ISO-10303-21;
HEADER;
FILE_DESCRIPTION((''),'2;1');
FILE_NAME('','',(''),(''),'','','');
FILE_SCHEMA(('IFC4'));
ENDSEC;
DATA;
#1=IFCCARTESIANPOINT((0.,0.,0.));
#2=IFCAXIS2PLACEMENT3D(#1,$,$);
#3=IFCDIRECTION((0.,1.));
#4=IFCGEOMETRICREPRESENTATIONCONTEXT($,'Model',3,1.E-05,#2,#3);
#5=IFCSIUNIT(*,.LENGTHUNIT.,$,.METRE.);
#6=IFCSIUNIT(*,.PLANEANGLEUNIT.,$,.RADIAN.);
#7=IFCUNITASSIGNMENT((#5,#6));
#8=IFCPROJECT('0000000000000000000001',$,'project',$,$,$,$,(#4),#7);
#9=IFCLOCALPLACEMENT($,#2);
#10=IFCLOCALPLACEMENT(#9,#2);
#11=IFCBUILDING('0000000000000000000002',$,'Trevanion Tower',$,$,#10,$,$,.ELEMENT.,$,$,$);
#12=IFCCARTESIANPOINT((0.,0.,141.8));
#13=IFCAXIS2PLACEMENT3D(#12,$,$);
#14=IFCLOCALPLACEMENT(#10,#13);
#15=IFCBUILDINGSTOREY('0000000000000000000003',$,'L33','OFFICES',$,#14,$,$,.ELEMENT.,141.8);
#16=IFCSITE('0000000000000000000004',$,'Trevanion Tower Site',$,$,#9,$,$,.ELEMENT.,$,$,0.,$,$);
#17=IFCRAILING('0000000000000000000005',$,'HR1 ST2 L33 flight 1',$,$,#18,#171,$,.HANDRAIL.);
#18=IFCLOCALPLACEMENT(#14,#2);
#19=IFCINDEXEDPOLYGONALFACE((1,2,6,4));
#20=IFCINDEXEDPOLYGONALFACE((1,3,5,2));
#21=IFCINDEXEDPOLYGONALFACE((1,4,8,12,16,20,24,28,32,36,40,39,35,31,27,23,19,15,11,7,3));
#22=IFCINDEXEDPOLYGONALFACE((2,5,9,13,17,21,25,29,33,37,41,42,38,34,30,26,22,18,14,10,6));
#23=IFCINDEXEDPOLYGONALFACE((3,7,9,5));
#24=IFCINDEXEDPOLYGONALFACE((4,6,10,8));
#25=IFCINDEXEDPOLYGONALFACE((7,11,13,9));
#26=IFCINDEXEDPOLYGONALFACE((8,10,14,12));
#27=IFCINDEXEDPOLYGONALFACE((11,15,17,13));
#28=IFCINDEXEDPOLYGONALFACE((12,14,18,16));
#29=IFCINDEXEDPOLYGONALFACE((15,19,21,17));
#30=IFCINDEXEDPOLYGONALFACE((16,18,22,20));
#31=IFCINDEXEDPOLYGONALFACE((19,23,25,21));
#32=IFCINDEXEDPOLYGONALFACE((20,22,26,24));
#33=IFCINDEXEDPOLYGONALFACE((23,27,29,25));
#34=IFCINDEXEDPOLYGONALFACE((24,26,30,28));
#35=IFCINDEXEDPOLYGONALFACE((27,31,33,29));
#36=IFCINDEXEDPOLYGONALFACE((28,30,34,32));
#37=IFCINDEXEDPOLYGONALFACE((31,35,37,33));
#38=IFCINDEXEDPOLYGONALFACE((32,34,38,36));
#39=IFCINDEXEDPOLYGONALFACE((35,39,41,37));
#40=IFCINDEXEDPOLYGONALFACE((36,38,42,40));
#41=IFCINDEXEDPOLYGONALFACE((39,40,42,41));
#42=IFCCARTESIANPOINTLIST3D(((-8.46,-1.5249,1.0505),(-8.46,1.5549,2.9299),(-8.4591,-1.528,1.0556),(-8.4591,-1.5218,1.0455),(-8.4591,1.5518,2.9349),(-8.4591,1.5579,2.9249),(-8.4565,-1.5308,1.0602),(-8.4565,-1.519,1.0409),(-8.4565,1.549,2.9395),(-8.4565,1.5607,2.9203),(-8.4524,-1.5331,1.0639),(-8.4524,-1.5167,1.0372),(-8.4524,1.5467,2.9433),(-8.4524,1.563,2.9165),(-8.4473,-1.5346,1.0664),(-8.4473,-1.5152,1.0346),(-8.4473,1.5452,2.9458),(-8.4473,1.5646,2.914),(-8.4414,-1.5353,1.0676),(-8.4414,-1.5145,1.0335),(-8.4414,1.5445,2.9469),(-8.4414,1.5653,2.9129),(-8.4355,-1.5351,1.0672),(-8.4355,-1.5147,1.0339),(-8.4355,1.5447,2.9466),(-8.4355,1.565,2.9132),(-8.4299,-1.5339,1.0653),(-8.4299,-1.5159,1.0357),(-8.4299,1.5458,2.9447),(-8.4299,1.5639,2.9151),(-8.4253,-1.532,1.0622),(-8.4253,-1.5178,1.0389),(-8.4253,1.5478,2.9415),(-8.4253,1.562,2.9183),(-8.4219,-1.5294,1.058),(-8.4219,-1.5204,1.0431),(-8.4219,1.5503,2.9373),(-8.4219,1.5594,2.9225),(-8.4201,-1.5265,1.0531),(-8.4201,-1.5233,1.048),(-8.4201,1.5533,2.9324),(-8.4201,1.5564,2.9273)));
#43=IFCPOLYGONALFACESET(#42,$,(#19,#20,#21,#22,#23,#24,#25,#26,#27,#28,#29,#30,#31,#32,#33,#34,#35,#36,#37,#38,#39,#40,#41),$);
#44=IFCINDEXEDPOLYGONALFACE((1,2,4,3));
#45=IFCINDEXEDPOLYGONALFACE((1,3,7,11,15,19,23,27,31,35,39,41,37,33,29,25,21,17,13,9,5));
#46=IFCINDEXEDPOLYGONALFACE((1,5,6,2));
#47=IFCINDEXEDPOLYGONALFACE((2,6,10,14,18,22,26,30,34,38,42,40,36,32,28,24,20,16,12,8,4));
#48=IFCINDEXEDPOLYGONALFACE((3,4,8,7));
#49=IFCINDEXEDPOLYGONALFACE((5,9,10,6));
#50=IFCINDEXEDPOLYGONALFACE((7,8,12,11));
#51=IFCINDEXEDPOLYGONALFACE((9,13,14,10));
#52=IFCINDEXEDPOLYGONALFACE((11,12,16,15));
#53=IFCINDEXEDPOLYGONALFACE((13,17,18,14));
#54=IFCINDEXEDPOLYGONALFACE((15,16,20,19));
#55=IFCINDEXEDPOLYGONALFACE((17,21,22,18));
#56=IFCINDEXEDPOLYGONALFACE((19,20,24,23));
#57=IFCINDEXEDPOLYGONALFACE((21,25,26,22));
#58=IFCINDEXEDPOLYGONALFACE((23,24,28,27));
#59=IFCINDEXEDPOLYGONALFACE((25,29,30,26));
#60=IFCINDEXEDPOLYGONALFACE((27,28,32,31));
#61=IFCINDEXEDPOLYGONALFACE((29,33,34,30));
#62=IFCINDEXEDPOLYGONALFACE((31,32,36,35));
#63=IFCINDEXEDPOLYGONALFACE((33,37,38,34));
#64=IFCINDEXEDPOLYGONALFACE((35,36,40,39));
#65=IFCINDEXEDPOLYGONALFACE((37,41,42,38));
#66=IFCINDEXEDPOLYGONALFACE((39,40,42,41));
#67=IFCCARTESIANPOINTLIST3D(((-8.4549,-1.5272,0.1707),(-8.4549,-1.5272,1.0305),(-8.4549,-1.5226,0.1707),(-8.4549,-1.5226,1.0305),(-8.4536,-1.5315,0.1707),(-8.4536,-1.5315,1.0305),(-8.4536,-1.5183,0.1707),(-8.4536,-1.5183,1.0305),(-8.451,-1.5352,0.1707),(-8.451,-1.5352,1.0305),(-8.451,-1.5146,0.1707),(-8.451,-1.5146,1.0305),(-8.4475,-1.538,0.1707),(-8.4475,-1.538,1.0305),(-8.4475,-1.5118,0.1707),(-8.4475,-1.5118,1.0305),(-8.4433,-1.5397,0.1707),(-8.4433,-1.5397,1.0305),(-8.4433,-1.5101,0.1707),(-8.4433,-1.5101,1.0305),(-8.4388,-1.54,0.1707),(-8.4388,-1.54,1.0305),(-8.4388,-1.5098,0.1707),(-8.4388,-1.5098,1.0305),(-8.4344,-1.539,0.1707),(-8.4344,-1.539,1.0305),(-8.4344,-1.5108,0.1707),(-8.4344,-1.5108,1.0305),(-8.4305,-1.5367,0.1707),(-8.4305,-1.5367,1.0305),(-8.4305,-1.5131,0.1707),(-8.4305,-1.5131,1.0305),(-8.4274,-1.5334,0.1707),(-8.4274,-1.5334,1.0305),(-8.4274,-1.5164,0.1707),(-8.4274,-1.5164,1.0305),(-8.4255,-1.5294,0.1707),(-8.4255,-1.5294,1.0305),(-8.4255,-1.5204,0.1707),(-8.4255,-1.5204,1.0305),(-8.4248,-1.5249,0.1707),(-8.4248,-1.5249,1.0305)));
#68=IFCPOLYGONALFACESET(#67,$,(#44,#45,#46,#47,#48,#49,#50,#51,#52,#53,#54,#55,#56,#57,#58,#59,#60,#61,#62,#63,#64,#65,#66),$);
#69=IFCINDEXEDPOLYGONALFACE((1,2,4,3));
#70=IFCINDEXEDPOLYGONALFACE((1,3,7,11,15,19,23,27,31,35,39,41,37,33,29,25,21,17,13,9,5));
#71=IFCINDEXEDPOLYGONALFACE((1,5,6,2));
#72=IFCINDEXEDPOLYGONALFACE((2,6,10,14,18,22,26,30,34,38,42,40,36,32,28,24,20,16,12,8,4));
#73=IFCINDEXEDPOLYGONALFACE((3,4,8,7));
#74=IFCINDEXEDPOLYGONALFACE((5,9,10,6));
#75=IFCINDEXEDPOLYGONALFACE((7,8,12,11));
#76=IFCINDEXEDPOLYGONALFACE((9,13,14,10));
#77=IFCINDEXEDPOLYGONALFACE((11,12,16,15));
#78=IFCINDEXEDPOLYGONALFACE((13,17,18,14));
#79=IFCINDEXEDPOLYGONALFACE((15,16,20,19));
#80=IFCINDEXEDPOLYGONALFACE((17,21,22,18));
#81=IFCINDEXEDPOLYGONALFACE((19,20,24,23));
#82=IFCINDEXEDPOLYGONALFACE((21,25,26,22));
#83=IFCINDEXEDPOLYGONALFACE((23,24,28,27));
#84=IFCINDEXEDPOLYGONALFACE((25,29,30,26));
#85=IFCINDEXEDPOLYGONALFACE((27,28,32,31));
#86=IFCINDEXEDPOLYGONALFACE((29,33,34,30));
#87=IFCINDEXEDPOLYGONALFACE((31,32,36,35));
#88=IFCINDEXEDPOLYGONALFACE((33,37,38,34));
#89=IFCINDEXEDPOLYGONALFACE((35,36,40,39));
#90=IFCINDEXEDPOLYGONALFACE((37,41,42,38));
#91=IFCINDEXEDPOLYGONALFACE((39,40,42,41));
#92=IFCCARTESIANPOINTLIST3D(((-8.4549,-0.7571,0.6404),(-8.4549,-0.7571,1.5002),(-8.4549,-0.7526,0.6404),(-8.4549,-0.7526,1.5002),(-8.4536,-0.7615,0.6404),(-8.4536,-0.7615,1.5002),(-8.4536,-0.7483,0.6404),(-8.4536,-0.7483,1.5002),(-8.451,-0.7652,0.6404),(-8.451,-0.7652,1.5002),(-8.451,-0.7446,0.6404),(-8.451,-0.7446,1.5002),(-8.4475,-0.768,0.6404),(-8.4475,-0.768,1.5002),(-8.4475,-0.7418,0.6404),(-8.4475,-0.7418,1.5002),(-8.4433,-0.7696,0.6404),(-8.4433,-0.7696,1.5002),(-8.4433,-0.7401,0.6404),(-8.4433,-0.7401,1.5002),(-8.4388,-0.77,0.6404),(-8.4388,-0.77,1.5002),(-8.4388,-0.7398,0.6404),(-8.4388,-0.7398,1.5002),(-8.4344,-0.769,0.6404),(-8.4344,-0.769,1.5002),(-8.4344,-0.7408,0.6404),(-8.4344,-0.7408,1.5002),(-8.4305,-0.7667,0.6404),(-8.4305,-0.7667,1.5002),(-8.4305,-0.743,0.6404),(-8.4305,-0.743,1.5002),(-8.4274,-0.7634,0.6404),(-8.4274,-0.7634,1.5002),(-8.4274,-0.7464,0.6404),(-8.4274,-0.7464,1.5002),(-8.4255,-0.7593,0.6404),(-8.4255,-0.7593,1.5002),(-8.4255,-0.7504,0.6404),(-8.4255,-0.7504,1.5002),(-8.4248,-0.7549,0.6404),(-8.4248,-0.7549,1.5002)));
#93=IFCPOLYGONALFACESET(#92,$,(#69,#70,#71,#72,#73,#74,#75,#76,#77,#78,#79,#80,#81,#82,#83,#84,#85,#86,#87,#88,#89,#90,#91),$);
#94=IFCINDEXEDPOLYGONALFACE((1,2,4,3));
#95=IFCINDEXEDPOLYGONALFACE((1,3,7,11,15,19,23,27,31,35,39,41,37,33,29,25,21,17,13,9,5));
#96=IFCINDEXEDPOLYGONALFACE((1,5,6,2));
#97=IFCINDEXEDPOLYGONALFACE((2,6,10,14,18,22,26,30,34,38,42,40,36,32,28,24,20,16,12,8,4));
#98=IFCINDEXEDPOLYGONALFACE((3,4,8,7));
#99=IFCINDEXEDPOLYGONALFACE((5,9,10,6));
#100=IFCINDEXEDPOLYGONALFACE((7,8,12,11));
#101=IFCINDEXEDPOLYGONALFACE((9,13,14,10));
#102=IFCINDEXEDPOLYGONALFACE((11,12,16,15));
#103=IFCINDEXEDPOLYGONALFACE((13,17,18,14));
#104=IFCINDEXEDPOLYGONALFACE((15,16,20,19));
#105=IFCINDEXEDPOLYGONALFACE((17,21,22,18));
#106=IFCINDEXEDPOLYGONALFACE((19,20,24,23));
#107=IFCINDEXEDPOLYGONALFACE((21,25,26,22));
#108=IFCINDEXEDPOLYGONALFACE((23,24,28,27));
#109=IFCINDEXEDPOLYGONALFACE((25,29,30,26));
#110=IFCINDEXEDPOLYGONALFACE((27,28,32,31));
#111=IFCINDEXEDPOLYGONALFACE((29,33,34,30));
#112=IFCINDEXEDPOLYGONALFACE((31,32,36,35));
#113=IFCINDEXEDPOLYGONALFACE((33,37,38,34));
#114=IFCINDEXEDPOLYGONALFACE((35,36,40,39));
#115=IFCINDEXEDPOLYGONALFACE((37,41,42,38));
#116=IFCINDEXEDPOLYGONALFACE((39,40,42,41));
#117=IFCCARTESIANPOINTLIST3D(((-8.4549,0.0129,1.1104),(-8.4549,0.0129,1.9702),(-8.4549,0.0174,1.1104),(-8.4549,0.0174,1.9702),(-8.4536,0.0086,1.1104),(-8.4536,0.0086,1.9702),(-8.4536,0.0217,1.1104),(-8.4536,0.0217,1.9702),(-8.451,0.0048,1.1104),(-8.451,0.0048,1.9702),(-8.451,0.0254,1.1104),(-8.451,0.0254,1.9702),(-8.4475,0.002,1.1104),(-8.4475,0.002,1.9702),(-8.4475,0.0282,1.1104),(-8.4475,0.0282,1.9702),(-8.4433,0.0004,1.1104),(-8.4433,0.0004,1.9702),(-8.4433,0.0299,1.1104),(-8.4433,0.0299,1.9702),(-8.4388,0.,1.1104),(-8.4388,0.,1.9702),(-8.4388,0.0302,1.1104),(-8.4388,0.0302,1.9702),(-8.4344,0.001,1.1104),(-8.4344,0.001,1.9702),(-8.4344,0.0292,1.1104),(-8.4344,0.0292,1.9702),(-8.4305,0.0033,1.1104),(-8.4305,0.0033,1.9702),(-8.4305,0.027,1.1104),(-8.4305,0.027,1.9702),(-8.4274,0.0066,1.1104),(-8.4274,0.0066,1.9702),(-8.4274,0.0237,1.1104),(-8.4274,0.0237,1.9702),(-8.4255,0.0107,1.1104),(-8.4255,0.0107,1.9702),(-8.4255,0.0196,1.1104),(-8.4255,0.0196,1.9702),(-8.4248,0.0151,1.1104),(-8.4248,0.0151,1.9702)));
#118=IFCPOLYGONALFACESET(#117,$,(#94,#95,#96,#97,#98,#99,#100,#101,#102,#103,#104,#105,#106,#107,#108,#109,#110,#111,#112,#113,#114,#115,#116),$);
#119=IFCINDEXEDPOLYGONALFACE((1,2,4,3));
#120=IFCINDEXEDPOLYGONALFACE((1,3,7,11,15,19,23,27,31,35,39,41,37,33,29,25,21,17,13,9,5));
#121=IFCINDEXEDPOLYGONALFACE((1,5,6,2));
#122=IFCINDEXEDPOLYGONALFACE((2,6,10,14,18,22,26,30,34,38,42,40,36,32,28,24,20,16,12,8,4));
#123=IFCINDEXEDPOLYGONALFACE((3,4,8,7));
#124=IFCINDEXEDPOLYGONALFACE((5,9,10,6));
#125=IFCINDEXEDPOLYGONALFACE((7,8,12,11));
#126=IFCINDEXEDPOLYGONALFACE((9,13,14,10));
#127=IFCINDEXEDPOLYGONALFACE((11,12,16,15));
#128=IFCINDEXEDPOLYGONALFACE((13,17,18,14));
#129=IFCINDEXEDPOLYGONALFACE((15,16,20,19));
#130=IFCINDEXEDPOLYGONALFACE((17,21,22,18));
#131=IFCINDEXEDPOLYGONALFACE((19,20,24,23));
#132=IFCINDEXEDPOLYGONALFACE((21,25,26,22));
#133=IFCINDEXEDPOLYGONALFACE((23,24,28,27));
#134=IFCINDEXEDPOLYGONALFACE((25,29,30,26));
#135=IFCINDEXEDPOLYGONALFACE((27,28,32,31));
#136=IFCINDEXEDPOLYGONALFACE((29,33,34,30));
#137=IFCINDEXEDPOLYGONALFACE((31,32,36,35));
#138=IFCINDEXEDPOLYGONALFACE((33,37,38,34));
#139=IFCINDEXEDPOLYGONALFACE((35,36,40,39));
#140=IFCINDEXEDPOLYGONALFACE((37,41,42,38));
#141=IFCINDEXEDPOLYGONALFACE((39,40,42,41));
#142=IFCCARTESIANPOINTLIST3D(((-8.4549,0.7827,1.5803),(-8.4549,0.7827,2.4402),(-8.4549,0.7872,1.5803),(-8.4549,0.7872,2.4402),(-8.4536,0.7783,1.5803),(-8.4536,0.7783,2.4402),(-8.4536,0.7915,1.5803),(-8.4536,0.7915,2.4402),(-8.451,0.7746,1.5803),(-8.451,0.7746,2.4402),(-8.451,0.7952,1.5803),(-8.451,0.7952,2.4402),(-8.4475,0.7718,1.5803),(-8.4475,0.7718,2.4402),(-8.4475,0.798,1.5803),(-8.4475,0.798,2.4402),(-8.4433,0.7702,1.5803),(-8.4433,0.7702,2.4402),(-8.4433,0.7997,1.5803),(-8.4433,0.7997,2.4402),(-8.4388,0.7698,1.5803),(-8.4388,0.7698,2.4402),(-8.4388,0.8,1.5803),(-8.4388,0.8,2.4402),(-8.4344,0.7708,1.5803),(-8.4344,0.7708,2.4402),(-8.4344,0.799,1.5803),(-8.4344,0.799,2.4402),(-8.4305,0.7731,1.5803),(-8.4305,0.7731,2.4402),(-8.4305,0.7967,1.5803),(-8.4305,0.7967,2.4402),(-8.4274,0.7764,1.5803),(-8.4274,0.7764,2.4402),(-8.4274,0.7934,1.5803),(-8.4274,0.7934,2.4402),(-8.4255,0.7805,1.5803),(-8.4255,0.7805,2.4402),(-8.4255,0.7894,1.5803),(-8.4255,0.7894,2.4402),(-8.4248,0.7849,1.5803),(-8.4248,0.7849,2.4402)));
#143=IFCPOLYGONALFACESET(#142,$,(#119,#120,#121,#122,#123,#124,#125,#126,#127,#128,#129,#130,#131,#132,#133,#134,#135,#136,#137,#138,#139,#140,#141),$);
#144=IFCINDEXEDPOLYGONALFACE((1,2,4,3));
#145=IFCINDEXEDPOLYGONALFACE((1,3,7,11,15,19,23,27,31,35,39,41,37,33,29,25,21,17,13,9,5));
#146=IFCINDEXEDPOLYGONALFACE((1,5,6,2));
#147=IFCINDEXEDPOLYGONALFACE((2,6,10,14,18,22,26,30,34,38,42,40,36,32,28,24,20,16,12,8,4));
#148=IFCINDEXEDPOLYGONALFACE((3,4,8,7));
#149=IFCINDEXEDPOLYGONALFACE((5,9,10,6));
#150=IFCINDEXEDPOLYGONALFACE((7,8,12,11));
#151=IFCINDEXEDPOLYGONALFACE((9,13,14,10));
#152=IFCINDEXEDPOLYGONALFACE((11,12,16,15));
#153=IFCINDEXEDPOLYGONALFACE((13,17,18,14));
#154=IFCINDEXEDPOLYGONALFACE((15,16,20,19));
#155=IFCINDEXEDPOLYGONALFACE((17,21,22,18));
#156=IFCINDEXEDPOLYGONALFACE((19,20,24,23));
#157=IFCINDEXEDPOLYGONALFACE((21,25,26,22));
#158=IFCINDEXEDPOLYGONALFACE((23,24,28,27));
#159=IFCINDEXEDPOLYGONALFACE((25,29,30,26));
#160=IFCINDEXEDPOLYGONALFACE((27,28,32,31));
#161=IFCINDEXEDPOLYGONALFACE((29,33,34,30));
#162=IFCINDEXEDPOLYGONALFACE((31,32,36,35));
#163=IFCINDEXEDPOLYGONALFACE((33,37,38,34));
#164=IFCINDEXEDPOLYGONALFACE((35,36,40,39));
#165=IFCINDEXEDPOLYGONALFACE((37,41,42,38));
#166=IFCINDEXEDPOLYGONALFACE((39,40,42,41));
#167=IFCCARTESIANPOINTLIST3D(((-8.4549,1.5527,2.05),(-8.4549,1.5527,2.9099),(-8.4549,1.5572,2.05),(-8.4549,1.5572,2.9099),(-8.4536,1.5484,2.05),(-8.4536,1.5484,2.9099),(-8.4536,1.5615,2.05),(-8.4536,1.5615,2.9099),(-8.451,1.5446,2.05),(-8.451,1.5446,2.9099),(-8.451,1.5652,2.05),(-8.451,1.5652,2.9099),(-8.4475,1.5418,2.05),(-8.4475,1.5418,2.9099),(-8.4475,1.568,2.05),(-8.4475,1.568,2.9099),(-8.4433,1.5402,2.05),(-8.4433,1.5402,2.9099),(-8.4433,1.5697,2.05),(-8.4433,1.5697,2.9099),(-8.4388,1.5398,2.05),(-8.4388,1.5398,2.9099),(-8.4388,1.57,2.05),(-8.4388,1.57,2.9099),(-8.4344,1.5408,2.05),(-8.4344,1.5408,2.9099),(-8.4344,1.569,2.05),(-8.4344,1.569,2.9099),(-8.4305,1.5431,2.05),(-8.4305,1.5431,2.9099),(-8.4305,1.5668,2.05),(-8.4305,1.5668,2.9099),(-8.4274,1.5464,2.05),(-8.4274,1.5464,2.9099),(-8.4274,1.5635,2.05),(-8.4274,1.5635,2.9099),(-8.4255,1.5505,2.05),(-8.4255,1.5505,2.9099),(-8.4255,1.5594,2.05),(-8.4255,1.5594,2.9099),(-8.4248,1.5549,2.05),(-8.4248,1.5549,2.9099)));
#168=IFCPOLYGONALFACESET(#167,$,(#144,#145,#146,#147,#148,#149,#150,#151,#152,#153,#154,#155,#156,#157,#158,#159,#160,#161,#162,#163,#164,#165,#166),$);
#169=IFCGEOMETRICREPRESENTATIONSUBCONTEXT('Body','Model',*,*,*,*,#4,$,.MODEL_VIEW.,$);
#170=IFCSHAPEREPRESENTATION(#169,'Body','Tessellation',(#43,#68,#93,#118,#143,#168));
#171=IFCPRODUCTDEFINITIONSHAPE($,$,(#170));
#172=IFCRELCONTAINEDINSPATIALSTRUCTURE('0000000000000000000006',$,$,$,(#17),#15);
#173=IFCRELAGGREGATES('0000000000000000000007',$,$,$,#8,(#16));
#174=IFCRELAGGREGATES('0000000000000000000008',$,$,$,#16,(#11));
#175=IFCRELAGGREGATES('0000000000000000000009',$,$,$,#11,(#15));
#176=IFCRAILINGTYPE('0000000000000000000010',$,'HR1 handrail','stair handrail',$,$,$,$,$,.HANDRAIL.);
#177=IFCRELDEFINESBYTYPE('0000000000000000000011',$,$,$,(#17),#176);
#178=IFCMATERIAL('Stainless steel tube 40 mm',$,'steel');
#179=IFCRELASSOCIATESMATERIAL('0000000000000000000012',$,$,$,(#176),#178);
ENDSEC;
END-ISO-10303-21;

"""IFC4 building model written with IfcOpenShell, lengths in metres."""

from ifc_helpers import new_model, si_unit, direction, frame, origin, origin_2d, place, context, subcontext, project, spatial, circle, extrude, material, type_object, element, save


model = new_model("IFC4")

# Units and contexts
model_context = context("Model", 3, precision=1e-05, world=origin(), true_north=direction((0.0, 1.0)))
body_context = subcontext(model_context, "Body", "Model", "MODEL_VIEW")
ifc_project = project(units=[si_unit("LENGTHUNIT", "METRE"), si_unit("PLANEANGLEUNIT", "RADIAN")], contexts=[model_context])

# Site, building, storey
site_placement = place(None, origin())
site = spatial("IfcSite", under=ifc_project, at=site_placement, Name="Trevanion Tower Site", CompositionType="ELEMENT", RefElevation=0.0)
building_placement = place(site_placement, origin())
building = spatial("IfcBuilding", under=site, at=building_placement, Name="Trevanion Tower", CompositionType="ELEMENT")
storey_placement = place(building_placement, frame((0.0, 0.0, 141.8)))
storey = spatial("IfcBuildingStorey", under=building, at=storey_placement, Name="L33", Description="OFFICES", CompositionType="ELEMENT", Elevation=141.8)

# Railing
ifc_material_1 = material(Name="Stainless steel tube 40 mm", Category="steel")
railing_type = type_object("IfcRailingType", Name="HR1 handrail", Description="stair handrail", PredefinedType="HANDRAIL", material=ifc_material_1)
for number, where, name in (
    (1, (-8.4399, -1.5249, 0.1707), "HR1 ST2 L33 flight 1"),
):
    element("IfcRailing", number, at=place(storey_placement, frame(where)), inside=storey, type_object=railing_type, Name=name, PredefinedType="HANDRAIL", context=body_context, shape_type="SweptSolid", body=[
        extrude(circle(Radius=0.02, at=origin_2d()), frame((0.0, 0.0, 0.8799), z_axis=(0.0, 0.853618, 0.5209), x_axis=(-1.0, 0.0, 0.0)), (0.0, 0.0, 1.0), 3.6079),
        extrude(circle(Radius=0.0151, at=origin_2d()), origin(), (0.0, 0.0, 1.0), 0.8599),
        extrude(circle(Radius=0.0151, at=origin_2d()), frame((0.0, 0.77, 0.4697)), (0.0, 0.0, 1.0), 0.8599),
        extrude(circle(Radius=0.0151, at=origin_2d()), frame((0.0, 1.54, 0.9397)), (0.0, 0.0, 1.0), 0.8599),
        extrude(circle(Radius=0.0151, at=origin_2d()), frame((0.0, 2.3098, 1.4097)), (0.0, 0.0, 1.0), 0.8599),
        extrude(circle(Radius=0.0151, at=origin_2d()), frame((0.0, 3.0798, 1.8794)), (0.0, 0.0, 1.0), 0.8599),
    ])

save(model, "model.ifc")
